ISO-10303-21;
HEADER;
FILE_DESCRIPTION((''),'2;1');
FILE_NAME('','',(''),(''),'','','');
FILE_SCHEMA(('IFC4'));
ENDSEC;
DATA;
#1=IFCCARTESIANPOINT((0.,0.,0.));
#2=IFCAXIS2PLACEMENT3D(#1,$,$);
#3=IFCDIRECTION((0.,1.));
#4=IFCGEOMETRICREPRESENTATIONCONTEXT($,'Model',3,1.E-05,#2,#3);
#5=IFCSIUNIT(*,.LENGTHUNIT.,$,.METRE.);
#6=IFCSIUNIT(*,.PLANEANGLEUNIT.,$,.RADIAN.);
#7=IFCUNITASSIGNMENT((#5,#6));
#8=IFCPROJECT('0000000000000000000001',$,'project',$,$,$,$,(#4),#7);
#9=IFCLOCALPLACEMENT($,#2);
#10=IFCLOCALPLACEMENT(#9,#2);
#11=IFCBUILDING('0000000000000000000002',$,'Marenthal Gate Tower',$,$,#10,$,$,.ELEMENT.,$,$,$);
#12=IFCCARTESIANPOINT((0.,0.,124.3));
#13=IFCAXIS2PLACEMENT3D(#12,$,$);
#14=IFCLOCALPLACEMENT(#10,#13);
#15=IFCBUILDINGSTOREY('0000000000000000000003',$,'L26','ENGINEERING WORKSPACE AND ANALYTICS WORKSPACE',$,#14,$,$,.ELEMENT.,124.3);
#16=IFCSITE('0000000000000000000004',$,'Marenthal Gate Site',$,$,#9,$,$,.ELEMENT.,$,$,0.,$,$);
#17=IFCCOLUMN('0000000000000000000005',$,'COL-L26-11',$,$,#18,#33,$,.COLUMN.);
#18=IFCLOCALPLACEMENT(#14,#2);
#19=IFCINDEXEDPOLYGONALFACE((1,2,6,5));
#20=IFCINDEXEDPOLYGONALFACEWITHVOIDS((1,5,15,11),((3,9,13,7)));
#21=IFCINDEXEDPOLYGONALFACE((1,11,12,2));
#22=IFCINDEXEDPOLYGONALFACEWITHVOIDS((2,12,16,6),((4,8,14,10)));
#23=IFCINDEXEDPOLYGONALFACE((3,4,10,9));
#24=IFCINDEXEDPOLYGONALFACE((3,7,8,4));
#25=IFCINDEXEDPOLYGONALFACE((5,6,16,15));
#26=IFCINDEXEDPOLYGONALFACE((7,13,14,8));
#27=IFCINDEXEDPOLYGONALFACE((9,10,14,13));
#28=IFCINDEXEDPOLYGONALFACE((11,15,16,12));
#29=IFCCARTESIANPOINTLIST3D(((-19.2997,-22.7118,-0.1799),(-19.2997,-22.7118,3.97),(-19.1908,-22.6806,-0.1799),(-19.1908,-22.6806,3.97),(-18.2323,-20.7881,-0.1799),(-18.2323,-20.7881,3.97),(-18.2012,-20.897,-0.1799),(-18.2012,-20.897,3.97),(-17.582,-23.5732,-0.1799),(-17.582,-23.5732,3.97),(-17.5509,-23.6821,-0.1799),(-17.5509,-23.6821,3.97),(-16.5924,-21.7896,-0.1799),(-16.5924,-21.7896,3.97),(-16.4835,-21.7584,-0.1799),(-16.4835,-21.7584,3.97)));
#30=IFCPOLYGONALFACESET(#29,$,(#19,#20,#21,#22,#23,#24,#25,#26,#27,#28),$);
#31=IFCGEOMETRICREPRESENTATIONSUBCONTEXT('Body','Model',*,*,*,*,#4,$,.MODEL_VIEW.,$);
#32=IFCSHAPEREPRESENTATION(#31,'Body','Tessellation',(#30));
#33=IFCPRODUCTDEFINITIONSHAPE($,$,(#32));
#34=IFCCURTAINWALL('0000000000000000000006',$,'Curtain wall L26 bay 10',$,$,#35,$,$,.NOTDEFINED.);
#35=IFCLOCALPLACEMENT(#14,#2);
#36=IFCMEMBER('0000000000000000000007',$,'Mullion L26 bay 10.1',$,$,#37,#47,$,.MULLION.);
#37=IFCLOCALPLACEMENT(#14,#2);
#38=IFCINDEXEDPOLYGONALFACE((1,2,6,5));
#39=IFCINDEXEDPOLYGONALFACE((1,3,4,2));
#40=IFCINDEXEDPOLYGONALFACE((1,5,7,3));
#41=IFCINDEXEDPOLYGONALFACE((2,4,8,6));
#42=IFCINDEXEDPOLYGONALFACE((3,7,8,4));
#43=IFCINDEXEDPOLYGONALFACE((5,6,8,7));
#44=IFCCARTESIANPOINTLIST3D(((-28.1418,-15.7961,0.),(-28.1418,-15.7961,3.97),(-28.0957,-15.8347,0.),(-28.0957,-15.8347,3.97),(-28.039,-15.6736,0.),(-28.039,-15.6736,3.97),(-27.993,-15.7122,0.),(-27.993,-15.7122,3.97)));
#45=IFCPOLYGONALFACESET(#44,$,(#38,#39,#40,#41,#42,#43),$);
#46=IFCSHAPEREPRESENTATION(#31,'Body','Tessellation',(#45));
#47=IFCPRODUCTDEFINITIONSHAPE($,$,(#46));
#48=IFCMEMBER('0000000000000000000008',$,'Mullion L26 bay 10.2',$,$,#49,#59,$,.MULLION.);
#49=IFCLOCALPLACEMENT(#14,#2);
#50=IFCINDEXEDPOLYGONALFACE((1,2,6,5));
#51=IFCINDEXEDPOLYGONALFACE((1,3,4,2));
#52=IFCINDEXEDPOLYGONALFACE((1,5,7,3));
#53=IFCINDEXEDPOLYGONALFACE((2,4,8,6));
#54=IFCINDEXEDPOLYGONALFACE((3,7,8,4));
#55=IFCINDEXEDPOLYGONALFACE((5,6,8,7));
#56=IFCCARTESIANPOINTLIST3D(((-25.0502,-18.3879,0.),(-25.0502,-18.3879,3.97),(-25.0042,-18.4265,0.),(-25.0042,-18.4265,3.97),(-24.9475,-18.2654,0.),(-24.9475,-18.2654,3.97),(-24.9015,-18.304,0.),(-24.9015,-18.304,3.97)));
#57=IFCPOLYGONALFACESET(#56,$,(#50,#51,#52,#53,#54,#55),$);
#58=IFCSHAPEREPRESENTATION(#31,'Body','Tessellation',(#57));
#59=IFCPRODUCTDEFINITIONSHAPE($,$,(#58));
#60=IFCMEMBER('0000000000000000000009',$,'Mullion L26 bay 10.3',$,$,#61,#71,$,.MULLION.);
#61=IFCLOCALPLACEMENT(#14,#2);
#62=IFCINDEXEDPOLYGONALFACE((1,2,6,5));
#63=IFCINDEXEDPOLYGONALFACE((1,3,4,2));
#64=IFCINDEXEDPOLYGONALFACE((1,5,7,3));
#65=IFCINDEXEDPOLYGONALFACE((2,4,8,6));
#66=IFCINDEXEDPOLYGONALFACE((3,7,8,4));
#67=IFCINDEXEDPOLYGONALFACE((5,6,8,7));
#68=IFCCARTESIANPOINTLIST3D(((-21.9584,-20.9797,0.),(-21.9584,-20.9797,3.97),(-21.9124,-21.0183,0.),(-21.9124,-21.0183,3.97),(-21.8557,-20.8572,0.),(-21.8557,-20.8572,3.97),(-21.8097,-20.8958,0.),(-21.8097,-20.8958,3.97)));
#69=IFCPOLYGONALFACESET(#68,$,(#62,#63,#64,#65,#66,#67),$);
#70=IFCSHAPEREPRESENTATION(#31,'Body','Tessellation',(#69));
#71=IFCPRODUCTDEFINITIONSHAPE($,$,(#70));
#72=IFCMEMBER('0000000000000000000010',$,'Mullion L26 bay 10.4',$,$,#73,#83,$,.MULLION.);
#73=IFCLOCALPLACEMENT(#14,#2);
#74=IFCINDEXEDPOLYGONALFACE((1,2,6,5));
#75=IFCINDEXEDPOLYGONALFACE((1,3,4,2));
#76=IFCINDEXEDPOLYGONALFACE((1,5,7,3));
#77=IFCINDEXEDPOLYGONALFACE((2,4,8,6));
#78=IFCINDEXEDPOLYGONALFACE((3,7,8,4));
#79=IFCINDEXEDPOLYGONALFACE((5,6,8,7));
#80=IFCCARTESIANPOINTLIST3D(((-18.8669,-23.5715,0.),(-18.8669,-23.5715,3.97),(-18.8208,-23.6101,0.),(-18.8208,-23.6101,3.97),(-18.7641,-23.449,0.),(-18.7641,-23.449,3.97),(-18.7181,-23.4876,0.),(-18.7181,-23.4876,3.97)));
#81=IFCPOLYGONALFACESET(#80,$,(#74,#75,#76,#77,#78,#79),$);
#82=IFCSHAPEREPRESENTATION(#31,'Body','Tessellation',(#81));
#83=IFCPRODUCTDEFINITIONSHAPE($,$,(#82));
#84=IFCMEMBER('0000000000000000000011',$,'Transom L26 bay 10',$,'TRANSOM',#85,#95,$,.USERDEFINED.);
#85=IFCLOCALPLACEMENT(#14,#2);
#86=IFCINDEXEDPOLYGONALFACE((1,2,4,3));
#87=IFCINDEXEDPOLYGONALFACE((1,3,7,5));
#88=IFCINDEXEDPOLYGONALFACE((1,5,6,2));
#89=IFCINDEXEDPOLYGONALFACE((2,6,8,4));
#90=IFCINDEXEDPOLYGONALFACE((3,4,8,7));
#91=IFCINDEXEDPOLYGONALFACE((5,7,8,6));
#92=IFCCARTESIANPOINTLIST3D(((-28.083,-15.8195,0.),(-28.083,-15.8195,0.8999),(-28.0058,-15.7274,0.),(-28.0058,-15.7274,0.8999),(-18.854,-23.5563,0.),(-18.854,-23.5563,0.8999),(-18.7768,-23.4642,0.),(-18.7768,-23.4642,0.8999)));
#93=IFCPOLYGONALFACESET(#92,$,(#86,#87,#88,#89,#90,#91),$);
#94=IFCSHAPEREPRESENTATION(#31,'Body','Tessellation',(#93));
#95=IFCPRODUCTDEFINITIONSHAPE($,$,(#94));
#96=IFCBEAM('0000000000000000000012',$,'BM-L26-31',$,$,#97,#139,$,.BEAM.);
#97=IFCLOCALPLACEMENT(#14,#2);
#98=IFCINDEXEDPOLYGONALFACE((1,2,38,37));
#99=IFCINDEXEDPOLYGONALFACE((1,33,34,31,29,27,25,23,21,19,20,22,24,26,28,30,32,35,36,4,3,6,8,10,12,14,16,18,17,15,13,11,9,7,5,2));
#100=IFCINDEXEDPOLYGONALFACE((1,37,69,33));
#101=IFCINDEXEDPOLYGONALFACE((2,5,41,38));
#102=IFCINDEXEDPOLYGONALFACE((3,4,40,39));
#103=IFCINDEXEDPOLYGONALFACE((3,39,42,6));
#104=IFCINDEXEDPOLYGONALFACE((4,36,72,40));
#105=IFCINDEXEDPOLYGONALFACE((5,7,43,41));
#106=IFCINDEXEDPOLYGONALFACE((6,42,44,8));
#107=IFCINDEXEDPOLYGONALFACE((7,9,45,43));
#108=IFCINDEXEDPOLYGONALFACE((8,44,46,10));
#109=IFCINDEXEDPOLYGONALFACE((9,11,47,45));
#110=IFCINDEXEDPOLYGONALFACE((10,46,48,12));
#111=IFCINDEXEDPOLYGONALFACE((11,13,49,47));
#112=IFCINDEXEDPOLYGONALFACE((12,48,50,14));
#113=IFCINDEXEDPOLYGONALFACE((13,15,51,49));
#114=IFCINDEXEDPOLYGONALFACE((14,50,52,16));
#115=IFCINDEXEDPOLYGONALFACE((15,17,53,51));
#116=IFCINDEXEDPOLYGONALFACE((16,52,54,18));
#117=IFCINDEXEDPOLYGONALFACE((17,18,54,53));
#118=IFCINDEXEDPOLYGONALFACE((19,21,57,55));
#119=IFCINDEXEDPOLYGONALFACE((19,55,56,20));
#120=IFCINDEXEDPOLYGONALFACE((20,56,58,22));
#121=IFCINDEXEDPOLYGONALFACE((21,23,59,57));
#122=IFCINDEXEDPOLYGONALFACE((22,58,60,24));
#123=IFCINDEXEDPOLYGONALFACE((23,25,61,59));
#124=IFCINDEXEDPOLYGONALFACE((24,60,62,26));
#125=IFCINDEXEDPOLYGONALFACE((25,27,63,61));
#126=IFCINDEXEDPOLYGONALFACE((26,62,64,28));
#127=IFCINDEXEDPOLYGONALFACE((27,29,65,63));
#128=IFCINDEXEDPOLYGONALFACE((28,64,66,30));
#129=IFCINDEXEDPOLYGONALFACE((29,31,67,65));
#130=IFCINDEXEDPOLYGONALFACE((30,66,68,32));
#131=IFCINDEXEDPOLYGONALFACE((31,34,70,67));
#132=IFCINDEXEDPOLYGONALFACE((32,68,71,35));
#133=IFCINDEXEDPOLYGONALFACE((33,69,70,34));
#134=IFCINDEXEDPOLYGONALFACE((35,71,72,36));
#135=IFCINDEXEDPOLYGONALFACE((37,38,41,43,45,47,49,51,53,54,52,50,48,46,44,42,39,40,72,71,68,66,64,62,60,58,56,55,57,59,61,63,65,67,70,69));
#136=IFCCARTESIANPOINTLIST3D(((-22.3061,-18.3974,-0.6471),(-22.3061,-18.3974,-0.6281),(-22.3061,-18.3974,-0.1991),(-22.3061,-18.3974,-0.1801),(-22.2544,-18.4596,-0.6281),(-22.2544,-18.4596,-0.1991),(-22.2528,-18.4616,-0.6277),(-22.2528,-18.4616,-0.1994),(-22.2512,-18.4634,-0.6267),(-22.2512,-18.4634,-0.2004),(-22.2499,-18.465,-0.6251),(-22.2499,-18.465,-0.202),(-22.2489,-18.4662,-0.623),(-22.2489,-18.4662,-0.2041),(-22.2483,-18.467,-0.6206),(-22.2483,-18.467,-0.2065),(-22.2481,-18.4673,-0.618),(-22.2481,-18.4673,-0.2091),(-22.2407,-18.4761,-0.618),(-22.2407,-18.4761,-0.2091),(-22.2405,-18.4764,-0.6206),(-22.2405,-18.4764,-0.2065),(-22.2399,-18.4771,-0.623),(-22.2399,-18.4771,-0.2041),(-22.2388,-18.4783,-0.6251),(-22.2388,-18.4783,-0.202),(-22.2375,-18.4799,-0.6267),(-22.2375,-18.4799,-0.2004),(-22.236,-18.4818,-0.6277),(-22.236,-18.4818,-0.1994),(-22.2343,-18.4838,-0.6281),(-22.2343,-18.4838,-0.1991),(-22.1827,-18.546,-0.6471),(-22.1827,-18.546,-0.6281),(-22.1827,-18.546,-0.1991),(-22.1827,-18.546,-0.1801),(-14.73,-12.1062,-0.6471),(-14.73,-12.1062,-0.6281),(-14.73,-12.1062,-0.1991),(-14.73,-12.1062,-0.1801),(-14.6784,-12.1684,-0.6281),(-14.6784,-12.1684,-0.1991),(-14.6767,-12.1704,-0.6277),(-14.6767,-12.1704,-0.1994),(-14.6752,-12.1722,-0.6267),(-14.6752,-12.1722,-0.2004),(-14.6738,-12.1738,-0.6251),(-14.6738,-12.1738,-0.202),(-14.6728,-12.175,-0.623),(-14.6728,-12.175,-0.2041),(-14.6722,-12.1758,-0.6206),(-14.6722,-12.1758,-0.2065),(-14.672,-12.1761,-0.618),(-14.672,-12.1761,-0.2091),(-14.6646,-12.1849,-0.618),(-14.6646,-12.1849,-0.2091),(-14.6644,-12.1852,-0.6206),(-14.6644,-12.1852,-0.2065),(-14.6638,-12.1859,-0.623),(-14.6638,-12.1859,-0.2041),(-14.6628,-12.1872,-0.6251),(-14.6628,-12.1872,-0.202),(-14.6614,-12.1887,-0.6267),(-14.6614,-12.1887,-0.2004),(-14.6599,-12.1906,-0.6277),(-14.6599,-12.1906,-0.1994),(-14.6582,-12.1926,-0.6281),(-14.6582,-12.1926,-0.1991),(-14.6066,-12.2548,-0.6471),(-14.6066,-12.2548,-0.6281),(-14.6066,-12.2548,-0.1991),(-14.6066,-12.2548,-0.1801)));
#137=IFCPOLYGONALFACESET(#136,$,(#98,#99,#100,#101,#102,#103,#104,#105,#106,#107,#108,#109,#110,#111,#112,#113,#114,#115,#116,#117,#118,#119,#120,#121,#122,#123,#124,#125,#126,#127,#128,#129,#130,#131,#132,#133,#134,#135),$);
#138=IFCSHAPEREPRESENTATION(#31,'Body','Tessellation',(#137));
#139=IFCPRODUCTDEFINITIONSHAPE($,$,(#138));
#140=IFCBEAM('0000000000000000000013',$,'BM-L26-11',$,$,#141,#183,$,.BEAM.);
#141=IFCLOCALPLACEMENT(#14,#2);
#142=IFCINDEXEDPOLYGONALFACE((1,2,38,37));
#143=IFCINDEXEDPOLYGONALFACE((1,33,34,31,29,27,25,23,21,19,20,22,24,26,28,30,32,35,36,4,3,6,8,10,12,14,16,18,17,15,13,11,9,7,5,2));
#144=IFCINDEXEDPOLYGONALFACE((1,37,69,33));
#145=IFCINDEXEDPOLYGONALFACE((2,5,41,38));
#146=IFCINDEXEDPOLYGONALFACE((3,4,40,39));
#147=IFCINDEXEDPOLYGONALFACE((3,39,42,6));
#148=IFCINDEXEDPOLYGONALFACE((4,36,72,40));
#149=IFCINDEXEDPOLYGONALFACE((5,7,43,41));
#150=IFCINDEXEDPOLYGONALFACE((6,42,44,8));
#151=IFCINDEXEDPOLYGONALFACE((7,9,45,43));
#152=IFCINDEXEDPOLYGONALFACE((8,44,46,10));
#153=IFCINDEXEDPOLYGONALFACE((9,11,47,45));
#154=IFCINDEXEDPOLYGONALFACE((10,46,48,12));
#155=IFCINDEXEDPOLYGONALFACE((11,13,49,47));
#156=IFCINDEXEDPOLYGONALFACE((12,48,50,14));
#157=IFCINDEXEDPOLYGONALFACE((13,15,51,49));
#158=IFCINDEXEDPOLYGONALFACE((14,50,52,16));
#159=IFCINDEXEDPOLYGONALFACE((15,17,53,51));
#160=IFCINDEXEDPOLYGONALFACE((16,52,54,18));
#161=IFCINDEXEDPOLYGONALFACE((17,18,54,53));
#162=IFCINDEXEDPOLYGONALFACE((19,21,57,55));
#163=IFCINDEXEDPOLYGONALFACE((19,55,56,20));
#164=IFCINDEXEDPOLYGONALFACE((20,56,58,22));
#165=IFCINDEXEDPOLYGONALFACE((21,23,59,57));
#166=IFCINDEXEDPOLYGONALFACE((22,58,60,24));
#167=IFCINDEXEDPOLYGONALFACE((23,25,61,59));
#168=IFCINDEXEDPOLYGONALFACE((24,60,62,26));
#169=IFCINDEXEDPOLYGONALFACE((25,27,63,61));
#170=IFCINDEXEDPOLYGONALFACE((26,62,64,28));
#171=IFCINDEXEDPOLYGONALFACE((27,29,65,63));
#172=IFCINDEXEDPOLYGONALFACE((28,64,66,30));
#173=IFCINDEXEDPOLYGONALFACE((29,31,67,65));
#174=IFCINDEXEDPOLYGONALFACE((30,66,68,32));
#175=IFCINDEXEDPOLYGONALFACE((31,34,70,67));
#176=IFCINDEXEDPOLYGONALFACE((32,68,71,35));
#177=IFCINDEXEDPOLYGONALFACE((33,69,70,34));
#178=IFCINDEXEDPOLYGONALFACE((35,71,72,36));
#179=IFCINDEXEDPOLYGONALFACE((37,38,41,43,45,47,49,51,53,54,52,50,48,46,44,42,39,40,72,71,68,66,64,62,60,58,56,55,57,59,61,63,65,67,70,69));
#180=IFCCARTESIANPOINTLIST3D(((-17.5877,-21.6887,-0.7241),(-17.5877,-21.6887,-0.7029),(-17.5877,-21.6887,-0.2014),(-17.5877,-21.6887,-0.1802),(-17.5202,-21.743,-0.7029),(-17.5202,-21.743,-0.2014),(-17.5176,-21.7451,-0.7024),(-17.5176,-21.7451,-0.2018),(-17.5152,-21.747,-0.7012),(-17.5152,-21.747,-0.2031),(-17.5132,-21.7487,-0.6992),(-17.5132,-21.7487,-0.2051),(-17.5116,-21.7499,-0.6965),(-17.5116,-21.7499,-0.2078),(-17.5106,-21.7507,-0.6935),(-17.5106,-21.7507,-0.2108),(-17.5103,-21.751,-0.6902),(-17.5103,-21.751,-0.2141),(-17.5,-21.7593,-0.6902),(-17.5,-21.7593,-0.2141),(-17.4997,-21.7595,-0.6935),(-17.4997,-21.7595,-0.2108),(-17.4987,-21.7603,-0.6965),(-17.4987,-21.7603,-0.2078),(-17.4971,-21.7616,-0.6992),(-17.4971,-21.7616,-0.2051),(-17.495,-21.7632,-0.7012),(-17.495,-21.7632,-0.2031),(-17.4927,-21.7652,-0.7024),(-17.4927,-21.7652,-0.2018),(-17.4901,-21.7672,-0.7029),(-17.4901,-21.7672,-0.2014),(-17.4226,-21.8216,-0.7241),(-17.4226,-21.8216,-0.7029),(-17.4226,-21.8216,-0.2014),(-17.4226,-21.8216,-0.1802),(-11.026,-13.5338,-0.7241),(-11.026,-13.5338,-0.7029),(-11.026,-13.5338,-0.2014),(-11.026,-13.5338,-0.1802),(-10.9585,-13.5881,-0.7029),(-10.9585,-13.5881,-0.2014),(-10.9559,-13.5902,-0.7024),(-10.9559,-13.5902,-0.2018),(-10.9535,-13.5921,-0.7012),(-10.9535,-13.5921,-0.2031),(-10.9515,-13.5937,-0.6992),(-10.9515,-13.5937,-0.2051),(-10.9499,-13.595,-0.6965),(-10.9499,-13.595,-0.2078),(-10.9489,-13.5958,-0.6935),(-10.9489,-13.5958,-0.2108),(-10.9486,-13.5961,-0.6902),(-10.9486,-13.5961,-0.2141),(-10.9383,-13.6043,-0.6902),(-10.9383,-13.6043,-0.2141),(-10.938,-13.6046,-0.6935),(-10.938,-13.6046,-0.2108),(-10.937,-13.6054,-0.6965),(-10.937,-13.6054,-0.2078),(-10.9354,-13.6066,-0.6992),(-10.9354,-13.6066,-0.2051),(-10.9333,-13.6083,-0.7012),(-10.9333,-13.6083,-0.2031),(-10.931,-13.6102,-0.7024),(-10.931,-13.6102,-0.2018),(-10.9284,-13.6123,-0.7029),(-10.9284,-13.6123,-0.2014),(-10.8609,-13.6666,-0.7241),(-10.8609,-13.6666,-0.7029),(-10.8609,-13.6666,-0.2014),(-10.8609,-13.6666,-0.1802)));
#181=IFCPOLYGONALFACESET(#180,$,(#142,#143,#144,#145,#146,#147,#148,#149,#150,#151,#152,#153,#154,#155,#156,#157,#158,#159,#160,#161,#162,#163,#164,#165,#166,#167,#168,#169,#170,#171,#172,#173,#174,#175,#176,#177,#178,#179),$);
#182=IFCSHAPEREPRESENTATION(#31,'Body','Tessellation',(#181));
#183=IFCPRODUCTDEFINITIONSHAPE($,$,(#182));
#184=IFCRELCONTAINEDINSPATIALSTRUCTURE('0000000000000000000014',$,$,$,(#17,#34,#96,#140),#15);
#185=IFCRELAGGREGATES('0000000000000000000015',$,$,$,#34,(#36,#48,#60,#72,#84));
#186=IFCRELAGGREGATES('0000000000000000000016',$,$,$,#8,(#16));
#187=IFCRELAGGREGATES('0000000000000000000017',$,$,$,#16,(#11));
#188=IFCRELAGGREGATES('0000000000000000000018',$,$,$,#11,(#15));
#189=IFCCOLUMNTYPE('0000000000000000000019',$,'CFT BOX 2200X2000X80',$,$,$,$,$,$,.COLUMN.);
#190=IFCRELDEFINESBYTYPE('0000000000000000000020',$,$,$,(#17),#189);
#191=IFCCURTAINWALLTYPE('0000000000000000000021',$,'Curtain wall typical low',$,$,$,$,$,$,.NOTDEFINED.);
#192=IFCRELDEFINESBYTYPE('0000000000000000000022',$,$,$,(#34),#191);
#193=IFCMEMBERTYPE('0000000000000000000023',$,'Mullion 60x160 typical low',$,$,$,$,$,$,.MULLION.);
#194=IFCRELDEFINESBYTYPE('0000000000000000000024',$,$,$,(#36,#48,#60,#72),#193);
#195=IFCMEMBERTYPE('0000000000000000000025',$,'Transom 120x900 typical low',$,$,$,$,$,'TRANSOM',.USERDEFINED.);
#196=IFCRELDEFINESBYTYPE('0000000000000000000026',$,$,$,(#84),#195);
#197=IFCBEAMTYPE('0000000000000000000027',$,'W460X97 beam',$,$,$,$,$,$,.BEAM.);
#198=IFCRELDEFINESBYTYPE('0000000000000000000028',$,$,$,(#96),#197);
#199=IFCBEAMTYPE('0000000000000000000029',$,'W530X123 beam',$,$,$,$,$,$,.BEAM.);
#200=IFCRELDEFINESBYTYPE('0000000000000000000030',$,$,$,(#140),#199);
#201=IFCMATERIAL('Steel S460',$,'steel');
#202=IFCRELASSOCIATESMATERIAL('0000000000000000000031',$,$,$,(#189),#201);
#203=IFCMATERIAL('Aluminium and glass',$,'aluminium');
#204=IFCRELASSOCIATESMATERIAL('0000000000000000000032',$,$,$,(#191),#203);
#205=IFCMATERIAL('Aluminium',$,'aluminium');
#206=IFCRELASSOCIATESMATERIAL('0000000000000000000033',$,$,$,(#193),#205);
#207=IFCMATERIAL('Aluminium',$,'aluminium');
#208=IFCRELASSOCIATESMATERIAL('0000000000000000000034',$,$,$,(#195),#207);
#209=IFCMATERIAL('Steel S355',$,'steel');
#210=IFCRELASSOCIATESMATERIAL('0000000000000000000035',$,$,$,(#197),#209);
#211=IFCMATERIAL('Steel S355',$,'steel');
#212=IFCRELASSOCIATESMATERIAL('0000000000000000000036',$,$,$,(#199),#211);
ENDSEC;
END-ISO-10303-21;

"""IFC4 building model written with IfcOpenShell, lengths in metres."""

from ifc_helpers import new_model, si_unit, direction, frame, origin, origin_2d, place, context, subcontext, project, spatial, rectangle, hollow_rectangle, i_section, extrude, material, material_profile, profile_set, type_object, element, aggregate, save


model = new_model("IFC4")

# Units and contexts
model_context = context("Model", 3, precision=1e-05, world=origin(), true_north=direction((0.0, 1.0)))
body_context = subcontext(model_context, "Body", "Model", "MODEL_VIEW")
ifc_project = project(units=[si_unit("LENGTHUNIT", "METRE"), si_unit("PLANEANGLEUNIT", "RADIAN")], contexts=[model_context])

# Site, building, storey
site_placement = place(None, origin())
site = spatial("IfcSite", under=ifc_project, at=site_placement, Name="Marenthal Gate Site", CompositionType="ELEMENT", RefElevation=0.0)
building_placement = place(site_placement, origin())
building = spatial("IfcBuilding", under=site, at=building_placement, Name="Marenthal Gate Tower", CompositionType="ELEMENT")
storey_placement = place(building_placement, frame((0.0, 0.0, 124.3)))
storey = spatial("IfcBuildingStorey", under=building, at=storey_placement, Name="L26", Description="ENGINEERING WORKSPACE AND ANALYTICS WORKSPACE", CompositionType="ELEMENT", Elevation=124.3)

# Column
ifc_material_1 = material(Name="Steel S460", Category="steel")
ifc_material_profile_1 = material_profile(ifc_material_1, hollow_rectangle(XDim=2.0, YDim=2.2, WallThickness=0.0801, at=origin_2d()), Name="CFT BOX 2200X2000X80")
ifc_material_2 = material(Name="Concrete 70 MPa", Category="concrete")
ifc_material_profile_2 = material_profile(ifc_material_2, rectangle(XDim=1.8401, YDim=2.04, at=origin_2d()), Name="CFT BOX 2200X2000X80 INFILL")
ifc_profile_set_1 = profile_set([ifc_material_profile_1, ifc_material_profile_2], Name="Steel S460 shell, Concrete 70 MPa infill")
column_type = type_object("IfcColumnType", Name="CFT BOX 2200X2000X80", PredefinedType="COLUMN", material=ifc_profile_set_1)
column_placement = place(storey_placement, frame((-17.8916, -22.2351, -0.1799), z_axis=(0.0, 0.0, 1.0), x_axis=(-0.874418, 0.485173, 0.0)))
element("IfcColumn", 1, at=column_placement, inside=storey, type_object=column_type, Name="COL-L26-11", PredefinedType="COLUMN", context=body_context, shape_type="SweptSolid", body=[
    extrude(hollow_rectangle(XDim=2.0, YDim=2.2, WallThickness=0.0801, at=origin_2d()), origin(), (0.0, 0.0, 1.0), 4.1499),
])

# Curtain wall, members
ifc_material_3 = material(Name="Aluminium and glass", Category="aluminium")
curtain_wall_type = type_object("IfcCurtainWallType", Name="Curtain wall typical low", PredefinedType="NOTDEFINED", material=ifc_material_3)
curtain_wall_placement = place(storey_placement, origin())
curtain_wall = element("IfcCurtainWall", 2, at=curtain_wall_placement, inside=storey, type_object=curtain_wall_type, Name="Curtain wall L26 bay 10", PredefinedType="NOTDEFINED")
ifc_material_4 = material(Name="Aluminium", Category="aluminium")
ifc_material_profile_3 = material_profile(ifc_material_4, rectangle(XDim=0.1599, YDim=0.0601, at=origin_2d()), Name="60x160 aluminium mullion")
ifc_profile_set_2 = profile_set([ifc_material_profile_3], Name="Aluminium")
member_type_1 = type_object("IfcMemberType", Name="Mullion 60x160 typical low", PredefinedType="MULLION", material=ifc_profile_set_2)
member_1_placement = place(storey_placement, frame((-28.0674, -15.7542, 0.0), z_axis=(0.0, 0.0, 1.0), x_axis=(0.642438, 0.766338, 0.0)))
member_1 = element("IfcMember", 3, at=member_1_placement, type_object=member_type_1, Name="Mullion L26 bay 10.1", PredefinedType="MULLION", context=body_context, shape_type="SweptSolid", body=[
    extrude(rectangle(XDim=0.1599, YDim=0.0601, at=origin_2d()), origin(), (0.0, 0.0, 1.0), 3.97),
])
member_2_placement = place(storey_placement, frame((-24.9758, -18.3459, 0.0), z_axis=(0.0, 0.0, 1.0), x_axis=(0.642438, 0.766338, 0.0)))
member_2 = element("IfcMember", 4, at=member_2_placement, type_object=member_type_1, Name="Mullion L26 bay 10.2", PredefinedType="MULLION", context=body_context, shape_type="SweptSolid", body=[
    extrude(rectangle(XDim=0.1599, YDim=0.0601, at=origin_2d()), origin(), (0.0, 0.0, 1.0), 3.97),
])
member_3_placement = place(storey_placement, frame((-21.884, -20.9377, 0.0), z_axis=(0.0, 0.0, 1.0), x_axis=(0.642438, 0.766338, 0.0)))
member_3 = element("IfcMember", 5, at=member_3_placement, type_object=member_type_1, Name="Mullion L26 bay 10.3", PredefinedType="MULLION", context=body_context, shape_type="SweptSolid", body=[
    extrude(rectangle(XDim=0.1599, YDim=0.0601, at=origin_2d()), origin(), (0.0, 0.0, 1.0), 3.97),
])
member_4_placement = place(storey_placement, frame((-18.7925, -23.5295, 0.0), z_axis=(0.0, 0.0, 1.0), x_axis=(0.642438, 0.766338, 0.0)))
member_4 = element("IfcMember", 6, at=member_4_placement, type_object=member_type_1, Name="Mullion L26 bay 10.4", PredefinedType="MULLION", context=body_context, shape_type="SweptSolid", body=[
    extrude(rectangle(XDim=0.1599, YDim=0.0601, at=origin_2d()), origin(), (0.0, 0.0, 1.0), 3.97),
])
ifc_material_5 = material(Name="Aluminium", Category="aluminium")
ifc_material_profile_4 = material_profile(ifc_material_5, rectangle(XDim=0.1201, YDim=0.8999, at=origin_2d()), Name="120x900 aluminium transom")
ifc_profile_set_3 = profile_set([ifc_material_profile_4], Name="Aluminium")
member_type_2 = type_object("IfcMemberType", Name="Transom 120x900 typical low", ElementType="TRANSOM", PredefinedType="USERDEFINED", material=ifc_profile_set_3)
member_5_placement = place(storey_placement, frame((-28.0444, -15.7734, 0.45), z_axis=(0.76634, -0.642435, 0.0), x_axis=(0.642435, 0.76634, 0.0)))
member_5 = element("IfcMember", 7, at=member_5_placement, type_object=member_type_2, Name="Transom L26 bay 10", ObjectType="TRANSOM", PredefinedType="USERDEFINED", context=body_context, shape_type="SweptSolid", body=[
    extrude(rectangle(XDim=0.1201, YDim=0.8999, at=origin_2d()), origin(), (0.0, 0.0, 1.0), 12.043),
])

# Beams
ifc_material_6 = material(Name="Steel S355", Category="steel")
ifc_material_profile_5 = material_profile(ifc_material_6, i_section(OverallWidth=0.1931, OverallDepth=0.467, WebThickness=0.0115, FlangeThickness=0.019, FilletRadius=0.01, at=origin_2d()), Name="W460X97")
ifc_profile_set_4 = profile_set([ifc_material_profile_5], Name="Steel S355")
beam_type_1 = type_object("IfcBeamType", Name="W460X97 beam", PredefinedType="BEAM", material=ifc_profile_set_4)
beam_1_placement = place(storey_placement, frame((-22.2444, -18.4717, -0.4136), z_axis=(0.76933, 0.638852, 0.0), x_axis=(-0.638852, 0.76933, 0.0)))
element("IfcBeam", 8, at=beam_1_placement, inside=storey, type_object=beam_type_1, Name="BM-L26-31", PredefinedType="BEAM", context=body_context, shape_type="SweptSolid", body=[
    extrude(i_section(OverallWidth=0.1931, OverallDepth=0.467, WebThickness=0.0115, FlangeThickness=0.019, FilletRadius=0.01, at=origin_2d()), origin(), (0.0, 0.0, 1.0), 9.8477),
])
ifc_material_7 = material(Name="Steel S355", Category="steel")
ifc_material_profile_6 = material_profile(ifc_material_7, i_section(OverallWidth=0.2119, OverallDepth=0.5439, WebThickness=0.0132, FlangeThickness=0.0212, FilletRadius=0.0127, at=origin_2d()), Name="W530X123")
ifc_profile_set_5 = profile_set([ifc_material_profile_6], Name="Steel S355")
beam_type_2 = type_object("IfcBeamType", Name="W530X123 beam", PredefinedType="BEAM", material=ifc_profile_set_5)
beam_2_placement = place(storey_placement, frame((-17.5051, -21.7551, -0.4521), z_axis=(0.626891, 0.779107, 0.0), x_axis=(-0.779107, 0.626891, 0.0)))
element("IfcBeam", 9, at=beam_2_placement, inside=storey, type_object=beam_type_2, Name="BM-L26-11", PredefinedType="BEAM", context=body_context, shape_type="SweptSolid", body=[
    extrude(i_section(OverallWidth=0.2119, OverallDepth=0.5439, WebThickness=0.0132, FlangeThickness=0.0212, FilletRadius=0.0127, at=origin_2d()), origin(), (0.0, 0.0, 1.0), 10.467),
])

aggregate(curtain_wall, [member_1, member_2, member_3, member_4, member_5])

save(model, "model.ifc")
